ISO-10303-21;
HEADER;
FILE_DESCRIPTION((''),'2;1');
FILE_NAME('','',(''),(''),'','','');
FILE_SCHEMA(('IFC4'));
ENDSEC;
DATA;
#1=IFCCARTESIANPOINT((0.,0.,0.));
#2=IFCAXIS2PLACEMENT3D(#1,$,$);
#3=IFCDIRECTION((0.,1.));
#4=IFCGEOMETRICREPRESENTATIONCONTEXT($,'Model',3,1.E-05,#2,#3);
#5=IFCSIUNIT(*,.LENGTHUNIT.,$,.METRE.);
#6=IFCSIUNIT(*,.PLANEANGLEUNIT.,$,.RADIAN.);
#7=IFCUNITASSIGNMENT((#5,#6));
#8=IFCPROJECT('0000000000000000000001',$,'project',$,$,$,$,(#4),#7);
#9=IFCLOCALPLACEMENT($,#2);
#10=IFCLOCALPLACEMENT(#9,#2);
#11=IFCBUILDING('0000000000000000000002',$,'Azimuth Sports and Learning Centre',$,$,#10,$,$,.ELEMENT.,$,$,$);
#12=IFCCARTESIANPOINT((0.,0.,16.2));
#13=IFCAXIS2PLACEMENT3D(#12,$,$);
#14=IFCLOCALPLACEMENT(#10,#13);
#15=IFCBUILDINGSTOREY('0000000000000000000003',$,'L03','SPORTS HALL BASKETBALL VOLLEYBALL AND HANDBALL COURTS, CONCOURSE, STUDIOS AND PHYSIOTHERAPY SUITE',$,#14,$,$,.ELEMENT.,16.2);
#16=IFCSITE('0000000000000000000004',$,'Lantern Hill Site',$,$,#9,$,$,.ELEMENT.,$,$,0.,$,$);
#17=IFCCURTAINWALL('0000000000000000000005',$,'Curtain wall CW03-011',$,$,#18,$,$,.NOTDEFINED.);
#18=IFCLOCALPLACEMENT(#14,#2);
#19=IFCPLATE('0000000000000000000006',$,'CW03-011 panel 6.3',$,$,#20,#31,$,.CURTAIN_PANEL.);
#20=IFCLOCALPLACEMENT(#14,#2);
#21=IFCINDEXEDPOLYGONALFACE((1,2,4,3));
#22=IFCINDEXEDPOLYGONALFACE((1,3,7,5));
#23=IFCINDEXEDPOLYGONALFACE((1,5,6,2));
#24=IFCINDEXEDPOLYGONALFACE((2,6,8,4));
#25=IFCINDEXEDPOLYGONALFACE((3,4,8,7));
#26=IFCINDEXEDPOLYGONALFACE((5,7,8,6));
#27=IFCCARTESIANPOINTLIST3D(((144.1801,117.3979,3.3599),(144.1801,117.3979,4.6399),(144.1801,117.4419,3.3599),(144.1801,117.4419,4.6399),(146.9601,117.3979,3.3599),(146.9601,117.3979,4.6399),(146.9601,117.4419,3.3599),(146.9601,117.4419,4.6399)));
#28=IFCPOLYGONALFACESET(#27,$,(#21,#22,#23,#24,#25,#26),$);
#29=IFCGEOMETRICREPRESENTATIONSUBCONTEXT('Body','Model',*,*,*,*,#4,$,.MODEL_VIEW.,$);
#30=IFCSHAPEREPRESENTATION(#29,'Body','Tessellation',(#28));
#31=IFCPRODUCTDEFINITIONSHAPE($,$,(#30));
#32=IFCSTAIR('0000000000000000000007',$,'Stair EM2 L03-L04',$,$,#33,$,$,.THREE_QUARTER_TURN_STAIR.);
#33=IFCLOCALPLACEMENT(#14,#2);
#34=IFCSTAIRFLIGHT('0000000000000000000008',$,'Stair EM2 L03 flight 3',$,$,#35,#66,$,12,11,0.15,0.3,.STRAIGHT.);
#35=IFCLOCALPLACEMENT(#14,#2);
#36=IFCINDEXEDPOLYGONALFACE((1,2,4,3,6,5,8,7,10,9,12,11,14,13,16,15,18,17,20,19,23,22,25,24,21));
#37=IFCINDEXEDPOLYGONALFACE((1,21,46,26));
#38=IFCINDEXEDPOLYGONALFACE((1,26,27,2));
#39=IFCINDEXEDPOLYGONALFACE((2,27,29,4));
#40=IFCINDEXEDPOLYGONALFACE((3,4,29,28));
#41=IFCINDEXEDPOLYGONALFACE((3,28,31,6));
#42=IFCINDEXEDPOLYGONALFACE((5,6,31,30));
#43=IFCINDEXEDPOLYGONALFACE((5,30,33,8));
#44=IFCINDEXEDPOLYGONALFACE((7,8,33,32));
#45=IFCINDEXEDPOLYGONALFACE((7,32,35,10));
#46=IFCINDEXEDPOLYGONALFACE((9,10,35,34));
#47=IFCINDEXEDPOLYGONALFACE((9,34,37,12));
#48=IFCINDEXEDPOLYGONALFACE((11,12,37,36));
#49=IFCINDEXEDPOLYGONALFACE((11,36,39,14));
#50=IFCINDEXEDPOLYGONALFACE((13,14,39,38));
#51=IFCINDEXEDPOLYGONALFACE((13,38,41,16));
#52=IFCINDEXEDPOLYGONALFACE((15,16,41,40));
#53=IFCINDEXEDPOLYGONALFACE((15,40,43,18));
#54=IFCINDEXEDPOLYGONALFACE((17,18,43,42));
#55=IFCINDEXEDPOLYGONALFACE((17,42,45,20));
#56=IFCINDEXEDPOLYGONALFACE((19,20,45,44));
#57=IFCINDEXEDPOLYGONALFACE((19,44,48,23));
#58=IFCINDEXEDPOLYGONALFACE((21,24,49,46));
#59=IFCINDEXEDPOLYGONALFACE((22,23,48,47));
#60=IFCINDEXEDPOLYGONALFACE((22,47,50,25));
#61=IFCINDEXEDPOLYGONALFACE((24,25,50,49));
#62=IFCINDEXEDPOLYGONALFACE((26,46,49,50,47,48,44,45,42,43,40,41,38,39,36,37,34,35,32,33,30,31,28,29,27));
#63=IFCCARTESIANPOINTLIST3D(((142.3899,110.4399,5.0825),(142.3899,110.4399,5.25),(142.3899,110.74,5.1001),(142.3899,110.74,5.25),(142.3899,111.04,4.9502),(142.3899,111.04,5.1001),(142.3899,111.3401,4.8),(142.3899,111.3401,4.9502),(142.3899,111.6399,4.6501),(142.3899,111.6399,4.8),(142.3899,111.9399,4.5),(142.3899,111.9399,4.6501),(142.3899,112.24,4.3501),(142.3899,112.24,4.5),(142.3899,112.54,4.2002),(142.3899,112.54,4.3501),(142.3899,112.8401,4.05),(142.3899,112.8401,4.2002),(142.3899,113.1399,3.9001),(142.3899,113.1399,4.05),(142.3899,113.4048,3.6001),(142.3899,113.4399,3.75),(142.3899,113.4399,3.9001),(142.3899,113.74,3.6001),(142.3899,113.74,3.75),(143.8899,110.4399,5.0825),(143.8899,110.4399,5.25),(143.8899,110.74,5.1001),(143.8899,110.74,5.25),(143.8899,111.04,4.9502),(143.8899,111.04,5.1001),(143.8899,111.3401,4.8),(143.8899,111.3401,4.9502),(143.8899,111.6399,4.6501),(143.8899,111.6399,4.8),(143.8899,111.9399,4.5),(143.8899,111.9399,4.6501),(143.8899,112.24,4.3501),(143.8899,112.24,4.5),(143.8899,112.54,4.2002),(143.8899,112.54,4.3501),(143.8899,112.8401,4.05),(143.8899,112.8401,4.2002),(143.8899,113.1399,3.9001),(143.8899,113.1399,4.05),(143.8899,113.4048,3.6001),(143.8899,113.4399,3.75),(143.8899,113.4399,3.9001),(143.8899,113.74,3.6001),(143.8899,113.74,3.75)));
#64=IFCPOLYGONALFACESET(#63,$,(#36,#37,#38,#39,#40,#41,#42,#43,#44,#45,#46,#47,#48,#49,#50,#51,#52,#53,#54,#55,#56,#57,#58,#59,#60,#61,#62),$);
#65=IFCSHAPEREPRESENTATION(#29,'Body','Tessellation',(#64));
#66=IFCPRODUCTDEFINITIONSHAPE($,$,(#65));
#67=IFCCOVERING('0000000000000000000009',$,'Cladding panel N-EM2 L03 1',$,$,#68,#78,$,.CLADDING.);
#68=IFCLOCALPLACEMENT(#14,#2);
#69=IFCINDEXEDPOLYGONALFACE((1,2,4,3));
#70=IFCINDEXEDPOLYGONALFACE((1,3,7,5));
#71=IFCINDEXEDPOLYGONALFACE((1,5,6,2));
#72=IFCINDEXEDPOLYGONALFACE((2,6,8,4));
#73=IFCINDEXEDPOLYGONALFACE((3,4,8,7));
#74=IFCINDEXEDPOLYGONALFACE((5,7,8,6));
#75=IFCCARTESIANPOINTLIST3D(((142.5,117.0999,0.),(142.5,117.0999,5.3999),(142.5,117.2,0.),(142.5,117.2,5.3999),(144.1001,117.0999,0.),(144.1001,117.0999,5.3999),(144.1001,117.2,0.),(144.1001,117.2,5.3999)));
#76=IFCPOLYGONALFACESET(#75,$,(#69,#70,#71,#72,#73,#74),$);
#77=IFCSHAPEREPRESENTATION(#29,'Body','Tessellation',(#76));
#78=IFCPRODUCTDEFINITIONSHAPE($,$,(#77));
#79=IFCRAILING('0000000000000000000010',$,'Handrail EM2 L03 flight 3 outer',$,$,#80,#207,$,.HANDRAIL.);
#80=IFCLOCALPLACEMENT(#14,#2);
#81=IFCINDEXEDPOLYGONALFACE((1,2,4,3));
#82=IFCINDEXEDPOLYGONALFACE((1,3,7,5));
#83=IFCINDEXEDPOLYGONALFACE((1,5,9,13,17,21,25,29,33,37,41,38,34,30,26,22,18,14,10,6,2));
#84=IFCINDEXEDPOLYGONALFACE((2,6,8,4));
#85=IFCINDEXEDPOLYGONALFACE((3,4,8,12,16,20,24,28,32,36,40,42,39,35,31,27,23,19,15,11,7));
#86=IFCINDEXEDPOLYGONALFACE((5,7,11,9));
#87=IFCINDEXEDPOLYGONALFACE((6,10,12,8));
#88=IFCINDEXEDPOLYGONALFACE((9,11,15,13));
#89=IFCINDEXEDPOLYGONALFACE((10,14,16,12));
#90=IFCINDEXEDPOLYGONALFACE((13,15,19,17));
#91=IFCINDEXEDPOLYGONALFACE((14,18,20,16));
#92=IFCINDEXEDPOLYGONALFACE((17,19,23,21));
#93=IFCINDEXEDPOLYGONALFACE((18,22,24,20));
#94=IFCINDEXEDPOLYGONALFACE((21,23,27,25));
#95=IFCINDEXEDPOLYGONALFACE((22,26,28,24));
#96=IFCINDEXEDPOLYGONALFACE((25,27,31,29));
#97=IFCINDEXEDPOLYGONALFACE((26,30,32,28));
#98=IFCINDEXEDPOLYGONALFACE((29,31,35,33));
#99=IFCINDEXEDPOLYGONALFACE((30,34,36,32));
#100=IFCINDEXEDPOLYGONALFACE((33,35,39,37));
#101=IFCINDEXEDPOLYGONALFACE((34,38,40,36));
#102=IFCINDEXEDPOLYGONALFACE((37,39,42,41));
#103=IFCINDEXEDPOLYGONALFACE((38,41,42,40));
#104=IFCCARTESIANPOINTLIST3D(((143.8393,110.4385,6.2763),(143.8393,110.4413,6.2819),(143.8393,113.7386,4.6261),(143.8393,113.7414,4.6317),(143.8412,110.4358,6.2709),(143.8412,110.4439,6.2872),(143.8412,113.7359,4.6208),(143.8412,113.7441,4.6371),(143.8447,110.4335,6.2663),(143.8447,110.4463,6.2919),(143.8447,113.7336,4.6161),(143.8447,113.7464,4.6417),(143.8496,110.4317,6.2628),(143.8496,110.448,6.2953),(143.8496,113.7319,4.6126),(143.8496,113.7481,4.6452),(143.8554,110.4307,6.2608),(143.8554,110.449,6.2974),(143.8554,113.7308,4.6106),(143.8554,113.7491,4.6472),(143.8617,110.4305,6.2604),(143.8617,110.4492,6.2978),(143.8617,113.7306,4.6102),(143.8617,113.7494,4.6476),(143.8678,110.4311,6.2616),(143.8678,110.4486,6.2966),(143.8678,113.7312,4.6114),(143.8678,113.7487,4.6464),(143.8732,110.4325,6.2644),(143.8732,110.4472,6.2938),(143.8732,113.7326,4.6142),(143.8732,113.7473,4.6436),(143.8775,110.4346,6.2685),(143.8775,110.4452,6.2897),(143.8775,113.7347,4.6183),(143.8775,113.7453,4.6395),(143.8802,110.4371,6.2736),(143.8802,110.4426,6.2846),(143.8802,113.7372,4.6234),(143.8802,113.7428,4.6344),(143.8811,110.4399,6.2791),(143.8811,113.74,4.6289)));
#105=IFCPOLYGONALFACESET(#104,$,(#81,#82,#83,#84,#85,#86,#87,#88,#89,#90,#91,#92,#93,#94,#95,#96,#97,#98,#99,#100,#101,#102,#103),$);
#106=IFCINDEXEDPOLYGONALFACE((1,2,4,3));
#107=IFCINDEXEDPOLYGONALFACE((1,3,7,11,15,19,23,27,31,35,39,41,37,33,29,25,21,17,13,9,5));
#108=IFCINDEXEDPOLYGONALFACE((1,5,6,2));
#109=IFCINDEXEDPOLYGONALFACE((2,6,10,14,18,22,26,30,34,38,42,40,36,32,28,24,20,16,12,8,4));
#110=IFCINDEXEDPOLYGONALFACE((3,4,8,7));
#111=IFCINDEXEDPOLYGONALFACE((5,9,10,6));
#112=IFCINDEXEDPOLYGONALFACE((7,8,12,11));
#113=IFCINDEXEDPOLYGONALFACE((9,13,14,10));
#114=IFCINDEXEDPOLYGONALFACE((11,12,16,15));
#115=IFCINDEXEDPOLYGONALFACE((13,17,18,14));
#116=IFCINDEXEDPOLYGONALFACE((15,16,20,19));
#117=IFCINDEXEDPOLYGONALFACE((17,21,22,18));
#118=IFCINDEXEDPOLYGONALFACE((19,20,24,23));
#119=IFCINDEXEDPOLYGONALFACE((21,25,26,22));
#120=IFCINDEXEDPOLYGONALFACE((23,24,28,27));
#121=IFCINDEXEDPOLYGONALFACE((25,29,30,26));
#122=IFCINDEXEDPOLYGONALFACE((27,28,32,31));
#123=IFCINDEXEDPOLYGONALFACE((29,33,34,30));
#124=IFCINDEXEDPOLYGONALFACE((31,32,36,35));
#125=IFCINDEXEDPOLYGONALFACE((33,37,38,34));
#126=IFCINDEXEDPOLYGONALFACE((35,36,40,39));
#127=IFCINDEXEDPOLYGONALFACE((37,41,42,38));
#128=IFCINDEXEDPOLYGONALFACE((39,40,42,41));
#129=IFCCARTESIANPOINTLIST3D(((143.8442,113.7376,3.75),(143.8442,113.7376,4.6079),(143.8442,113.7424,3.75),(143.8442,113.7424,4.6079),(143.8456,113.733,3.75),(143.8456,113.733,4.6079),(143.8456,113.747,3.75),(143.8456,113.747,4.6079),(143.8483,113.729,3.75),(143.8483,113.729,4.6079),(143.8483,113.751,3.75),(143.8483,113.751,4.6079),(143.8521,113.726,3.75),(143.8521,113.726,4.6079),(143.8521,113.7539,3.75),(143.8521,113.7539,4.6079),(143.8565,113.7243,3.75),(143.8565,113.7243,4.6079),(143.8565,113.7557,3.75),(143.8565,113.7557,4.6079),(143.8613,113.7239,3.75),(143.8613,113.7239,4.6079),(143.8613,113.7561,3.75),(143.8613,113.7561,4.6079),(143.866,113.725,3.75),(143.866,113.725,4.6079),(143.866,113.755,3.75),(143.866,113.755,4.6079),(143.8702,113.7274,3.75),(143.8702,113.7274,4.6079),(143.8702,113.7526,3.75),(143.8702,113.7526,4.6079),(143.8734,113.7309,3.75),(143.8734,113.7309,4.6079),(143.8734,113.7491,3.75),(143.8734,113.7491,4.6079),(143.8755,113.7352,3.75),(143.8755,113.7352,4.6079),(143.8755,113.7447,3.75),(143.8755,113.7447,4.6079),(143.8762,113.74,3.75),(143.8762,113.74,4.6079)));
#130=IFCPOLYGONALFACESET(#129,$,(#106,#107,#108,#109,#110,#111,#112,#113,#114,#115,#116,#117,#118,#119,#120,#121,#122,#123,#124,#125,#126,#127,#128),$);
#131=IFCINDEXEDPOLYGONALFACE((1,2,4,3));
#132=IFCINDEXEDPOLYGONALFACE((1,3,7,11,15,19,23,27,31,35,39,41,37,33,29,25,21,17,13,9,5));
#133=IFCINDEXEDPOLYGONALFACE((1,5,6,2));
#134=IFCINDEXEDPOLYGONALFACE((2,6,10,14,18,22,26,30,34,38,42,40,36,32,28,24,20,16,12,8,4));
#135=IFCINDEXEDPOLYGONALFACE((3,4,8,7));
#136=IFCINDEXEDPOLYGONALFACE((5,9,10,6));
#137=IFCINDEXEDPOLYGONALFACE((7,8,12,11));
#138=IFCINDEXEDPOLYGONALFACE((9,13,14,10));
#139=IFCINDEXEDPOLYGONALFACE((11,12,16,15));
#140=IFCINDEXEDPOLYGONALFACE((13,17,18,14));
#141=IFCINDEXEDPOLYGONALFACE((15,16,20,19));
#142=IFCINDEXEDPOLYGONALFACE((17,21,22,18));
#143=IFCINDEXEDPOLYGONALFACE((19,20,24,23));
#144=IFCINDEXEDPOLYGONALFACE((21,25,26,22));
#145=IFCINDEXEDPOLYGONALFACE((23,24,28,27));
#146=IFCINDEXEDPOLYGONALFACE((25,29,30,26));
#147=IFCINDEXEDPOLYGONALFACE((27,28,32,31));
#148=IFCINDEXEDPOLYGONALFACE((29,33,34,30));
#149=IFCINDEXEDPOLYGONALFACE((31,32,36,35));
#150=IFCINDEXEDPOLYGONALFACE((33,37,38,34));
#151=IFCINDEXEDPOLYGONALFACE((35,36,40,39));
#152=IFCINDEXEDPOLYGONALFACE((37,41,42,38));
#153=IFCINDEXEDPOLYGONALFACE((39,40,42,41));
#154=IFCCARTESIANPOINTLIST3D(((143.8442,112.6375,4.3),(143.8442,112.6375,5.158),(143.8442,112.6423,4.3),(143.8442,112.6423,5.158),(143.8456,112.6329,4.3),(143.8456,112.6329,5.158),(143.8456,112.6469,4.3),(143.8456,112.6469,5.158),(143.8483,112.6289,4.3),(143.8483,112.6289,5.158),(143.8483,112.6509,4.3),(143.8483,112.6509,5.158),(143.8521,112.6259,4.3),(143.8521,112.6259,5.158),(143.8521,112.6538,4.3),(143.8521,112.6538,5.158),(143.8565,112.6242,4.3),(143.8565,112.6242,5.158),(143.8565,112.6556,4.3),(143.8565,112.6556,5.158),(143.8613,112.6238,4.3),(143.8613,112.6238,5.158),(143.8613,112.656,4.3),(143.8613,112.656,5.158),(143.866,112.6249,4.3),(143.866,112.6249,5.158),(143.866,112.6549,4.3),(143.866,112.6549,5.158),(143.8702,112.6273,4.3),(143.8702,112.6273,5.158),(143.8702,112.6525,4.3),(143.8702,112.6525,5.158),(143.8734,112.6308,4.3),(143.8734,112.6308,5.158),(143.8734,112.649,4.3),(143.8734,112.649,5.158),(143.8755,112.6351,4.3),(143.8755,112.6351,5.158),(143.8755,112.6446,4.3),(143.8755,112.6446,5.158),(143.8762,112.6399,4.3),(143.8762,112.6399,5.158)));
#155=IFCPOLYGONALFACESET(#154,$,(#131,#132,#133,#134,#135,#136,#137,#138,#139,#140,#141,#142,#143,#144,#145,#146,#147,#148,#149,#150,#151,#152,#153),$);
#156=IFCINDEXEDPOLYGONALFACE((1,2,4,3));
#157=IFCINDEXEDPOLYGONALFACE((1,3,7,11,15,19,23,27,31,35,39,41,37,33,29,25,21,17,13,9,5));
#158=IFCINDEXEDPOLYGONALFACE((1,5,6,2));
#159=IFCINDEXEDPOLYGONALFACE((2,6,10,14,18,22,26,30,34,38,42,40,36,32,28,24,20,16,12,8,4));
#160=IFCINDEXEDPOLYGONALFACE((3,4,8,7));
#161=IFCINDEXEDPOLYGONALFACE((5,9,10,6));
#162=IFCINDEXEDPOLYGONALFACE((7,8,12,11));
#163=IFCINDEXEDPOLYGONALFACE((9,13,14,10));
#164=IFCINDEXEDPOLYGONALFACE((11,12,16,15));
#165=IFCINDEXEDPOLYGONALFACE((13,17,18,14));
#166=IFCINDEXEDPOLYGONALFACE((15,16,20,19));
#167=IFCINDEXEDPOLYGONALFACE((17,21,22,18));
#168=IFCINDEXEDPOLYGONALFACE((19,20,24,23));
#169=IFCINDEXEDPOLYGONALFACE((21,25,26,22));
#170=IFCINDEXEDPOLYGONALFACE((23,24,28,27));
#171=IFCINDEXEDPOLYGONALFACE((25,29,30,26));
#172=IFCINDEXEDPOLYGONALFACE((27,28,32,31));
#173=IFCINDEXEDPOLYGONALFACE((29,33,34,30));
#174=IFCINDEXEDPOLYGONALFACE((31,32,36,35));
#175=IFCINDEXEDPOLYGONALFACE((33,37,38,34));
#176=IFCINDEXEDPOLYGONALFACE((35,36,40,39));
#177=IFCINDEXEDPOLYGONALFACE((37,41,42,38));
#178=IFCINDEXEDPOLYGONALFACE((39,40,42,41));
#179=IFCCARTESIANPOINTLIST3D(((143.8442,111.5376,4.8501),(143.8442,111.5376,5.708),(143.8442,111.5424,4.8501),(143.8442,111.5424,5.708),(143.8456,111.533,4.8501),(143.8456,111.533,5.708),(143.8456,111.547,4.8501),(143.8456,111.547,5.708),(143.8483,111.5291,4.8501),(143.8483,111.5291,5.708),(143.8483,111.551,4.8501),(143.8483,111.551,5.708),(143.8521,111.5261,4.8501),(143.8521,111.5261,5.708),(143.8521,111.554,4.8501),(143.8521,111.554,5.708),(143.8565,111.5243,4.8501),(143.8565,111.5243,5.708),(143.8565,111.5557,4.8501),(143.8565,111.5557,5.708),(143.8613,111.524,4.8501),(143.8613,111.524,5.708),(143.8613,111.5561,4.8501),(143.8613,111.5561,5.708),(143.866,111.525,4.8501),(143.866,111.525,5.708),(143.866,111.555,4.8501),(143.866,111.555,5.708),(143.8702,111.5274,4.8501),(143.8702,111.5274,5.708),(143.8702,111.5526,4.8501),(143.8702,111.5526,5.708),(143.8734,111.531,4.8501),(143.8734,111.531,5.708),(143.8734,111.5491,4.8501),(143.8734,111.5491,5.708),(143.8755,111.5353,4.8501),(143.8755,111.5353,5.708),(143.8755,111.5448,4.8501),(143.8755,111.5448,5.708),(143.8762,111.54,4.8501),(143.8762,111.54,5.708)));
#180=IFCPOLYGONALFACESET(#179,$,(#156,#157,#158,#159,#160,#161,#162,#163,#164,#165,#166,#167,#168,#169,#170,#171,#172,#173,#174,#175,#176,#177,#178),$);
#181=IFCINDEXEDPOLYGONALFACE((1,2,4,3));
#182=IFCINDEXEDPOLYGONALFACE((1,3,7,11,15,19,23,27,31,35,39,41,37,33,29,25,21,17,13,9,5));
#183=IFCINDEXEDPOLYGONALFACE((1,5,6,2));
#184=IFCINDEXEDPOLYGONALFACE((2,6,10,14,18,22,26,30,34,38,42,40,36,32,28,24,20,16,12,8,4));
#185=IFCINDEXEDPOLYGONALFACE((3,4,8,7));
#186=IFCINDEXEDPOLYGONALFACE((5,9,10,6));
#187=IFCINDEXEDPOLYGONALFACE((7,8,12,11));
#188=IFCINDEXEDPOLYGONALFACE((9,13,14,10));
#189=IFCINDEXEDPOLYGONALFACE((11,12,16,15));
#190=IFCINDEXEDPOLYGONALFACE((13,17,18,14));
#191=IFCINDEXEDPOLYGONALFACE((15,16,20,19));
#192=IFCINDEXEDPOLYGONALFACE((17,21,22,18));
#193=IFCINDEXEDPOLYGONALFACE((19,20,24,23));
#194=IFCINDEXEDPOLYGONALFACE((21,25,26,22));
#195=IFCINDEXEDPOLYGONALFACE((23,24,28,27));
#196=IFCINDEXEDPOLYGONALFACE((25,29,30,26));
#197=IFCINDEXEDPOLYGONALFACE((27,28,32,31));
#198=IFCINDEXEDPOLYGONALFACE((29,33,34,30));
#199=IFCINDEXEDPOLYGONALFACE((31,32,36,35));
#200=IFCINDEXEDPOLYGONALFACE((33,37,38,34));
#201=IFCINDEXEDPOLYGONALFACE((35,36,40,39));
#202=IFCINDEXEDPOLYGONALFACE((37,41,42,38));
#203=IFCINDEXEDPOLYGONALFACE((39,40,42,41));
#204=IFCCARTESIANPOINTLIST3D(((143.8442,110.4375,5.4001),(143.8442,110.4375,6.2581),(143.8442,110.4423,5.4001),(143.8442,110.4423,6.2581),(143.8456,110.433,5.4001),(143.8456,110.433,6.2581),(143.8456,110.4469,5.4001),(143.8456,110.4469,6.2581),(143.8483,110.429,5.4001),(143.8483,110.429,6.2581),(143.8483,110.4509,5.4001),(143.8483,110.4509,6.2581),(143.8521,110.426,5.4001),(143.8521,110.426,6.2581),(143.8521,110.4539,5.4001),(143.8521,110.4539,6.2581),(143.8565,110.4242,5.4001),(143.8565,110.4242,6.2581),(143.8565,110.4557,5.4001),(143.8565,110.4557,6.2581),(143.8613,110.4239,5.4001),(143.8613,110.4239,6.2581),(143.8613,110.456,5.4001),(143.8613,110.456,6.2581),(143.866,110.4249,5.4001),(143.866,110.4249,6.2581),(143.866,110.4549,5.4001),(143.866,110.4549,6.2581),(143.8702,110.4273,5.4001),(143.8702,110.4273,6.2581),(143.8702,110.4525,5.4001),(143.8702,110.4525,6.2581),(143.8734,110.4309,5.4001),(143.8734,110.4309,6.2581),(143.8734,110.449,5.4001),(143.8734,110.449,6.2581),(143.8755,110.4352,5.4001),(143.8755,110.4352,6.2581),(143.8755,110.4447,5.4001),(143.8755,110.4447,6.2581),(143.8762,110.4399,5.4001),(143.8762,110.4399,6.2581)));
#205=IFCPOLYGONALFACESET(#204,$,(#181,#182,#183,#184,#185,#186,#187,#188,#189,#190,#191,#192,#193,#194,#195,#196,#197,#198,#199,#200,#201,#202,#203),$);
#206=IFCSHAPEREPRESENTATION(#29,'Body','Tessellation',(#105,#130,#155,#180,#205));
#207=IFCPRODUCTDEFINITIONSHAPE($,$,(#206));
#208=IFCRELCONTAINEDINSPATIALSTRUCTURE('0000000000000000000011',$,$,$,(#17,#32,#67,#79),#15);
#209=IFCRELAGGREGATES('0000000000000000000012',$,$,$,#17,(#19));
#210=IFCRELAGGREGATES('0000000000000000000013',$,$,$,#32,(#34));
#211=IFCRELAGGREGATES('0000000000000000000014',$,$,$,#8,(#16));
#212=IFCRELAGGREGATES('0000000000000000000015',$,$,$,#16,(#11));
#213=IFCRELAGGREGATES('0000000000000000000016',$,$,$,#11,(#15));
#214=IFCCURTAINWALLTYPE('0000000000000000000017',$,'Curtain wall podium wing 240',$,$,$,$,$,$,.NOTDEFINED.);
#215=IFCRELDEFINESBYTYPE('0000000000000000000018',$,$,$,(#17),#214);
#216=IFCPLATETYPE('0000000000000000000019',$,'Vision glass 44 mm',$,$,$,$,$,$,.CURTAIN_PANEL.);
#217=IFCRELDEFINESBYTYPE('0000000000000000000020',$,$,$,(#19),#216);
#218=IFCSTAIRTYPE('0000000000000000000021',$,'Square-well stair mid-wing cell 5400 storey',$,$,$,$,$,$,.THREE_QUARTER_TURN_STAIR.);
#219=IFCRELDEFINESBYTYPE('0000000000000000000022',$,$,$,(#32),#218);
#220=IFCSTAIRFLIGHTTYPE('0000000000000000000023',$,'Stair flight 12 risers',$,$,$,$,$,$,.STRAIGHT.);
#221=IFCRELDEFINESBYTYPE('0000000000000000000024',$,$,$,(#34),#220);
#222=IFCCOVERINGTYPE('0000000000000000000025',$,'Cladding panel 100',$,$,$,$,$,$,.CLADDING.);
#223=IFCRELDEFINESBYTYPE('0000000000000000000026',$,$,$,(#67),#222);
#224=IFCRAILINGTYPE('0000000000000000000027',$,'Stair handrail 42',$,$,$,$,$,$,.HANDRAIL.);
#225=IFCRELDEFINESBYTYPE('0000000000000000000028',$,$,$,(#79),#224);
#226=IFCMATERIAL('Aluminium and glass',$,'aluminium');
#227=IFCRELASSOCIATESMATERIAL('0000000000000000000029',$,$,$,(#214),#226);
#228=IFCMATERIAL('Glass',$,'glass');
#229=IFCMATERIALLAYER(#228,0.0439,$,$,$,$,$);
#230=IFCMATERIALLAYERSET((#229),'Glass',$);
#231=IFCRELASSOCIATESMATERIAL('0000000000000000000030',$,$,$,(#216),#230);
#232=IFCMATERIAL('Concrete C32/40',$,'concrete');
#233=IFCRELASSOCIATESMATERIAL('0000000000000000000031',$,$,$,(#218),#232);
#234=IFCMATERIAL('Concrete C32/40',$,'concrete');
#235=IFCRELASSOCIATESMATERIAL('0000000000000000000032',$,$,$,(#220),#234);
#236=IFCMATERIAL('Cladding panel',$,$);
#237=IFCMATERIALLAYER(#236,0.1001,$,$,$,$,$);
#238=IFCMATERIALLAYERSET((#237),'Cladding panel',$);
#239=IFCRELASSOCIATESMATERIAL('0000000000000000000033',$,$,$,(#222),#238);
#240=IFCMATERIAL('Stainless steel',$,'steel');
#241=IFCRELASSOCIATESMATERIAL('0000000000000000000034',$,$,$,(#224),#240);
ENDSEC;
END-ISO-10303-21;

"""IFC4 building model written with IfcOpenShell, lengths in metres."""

from ifc_helpers import new_model, si_unit, direction, frame, origin, origin_2d, place, context, subcontext, project, spatial, polyline, rectangle, circle, outline, extrude, material, layer, layer_set, type_object, element, aggregate, save


model = new_model("IFC4")

# Units and contexts
model_context = context("Model", 3, precision=1e-05, world=origin(), true_north=direction((0.0, 1.0)))
body_context = subcontext(model_context, "Body", "Model", "MODEL_VIEW")
ifc_project = project(units=[si_unit("LENGTHUNIT", "METRE"), si_unit("PLANEANGLEUNIT", "RADIAN")], contexts=[model_context])

# Site, building, storey
site_placement = place(None, origin())
site = spatial("IfcSite", under=ifc_project, at=site_placement, Name="Lantern Hill Site", CompositionType="ELEMENT", RefElevation=0.0)
building_placement = place(site_placement, origin())
building = spatial("IfcBuilding", under=site, at=building_placement, Name="Azimuth Sports and Learning Centre", CompositionType="ELEMENT")
storey_placement = place(building_placement, frame((0.0, 0.0, 16.2)))
storey = spatial("IfcBuildingStorey", under=building, at=storey_placement, Name="L03", Description="SPORTS HALL BASKETBALL VOLLEYBALL AND HANDBALL COURTS, CONCOURSE, STUDIOS AND PHYSIOTHERAPY SUITE", CompositionType="ELEMENT", Elevation=16.2)

# Curtain wall, plate
ifc_material_1 = material(Name="Aluminium and glass", Category="aluminium")
curtain_wall_type = type_object("IfcCurtainWallType", Name="Curtain wall podium wing 240", PredefinedType="NOTDEFINED", material=ifc_material_1)
curtain_wall_placement = place(storey_placement, origin())
curtain_wall = element("IfcCurtainWall", 1, at=curtain_wall_placement, inside=storey, type_object=curtain_wall_type, Name="Curtain wall CW03-011", PredefinedType="NOTDEFINED")
ifc_material_2 = material(Name="Glass", Category="glass")
ifc_layer_1 = layer(ifc_material_2, 0.0439)
ifc_layer_set_1 = layer_set([ifc_layer_1], Name="Glass")
plate_type_1 = type_object("IfcPlateType", Name="Vision glass 44 mm", PredefinedType="CURTAIN_PANEL", material=ifc_layer_set_1)
plate_1_placement = place(storey_placement, frame((145.5701, 117.4199, 3.3599), z_axis=(0.0, 0.0, 1.0), x_axis=(-1.0, 0.0, 0.0)))
plate_1 = element("IfcPlate", 2, at=plate_1_placement, type_object=plate_type_1, Name="CW03-011 panel 6.3", PredefinedType="CURTAIN_PANEL", context=body_context, shape_type="SweptSolid", body=[
    extrude(rectangle(XDim=2.78, YDim=0.0439, at=origin_2d()), origin(), (0.0, 0.0, 1.0), 1.28),
])
aggregate(curtain_wall, [plate_1])

# Stair, stair flight
ifc_material_3 = material(Name="Concrete C32/40", Category="concrete")
stair_type = type_object("IfcStairType", Name="Square-well stair mid-wing cell 5400 storey", PredefinedType="THREE_QUARTER_TURN_STAIR", material=ifc_material_3)
stair_placement = place(storey_placement, origin())
stair = element("IfcStair", 3, at=stair_placement, inside=storey, type_object=stair_type, Name="Stair EM2 L03-L04", PredefinedType="THREE_QUARTER_TURN_STAIR")
ifc_material_4 = material(Name="Concrete C32/40", Category="concrete")
stair_flight_type = type_object("IfcStairFlightType", Name="Stair flight 12 risers", PredefinedType="STRAIGHT", material=ifc_material_4)
stair_flight_placement = place(storey_placement, frame((143.1399, 113.74, 3.6001), z_axis=(0.0, 0.0, 1.0), x_axis=(0.0, -1.0, 0.0)))
stair_flight = element("IfcStairFlight", 4, at=stair_flight_placement, type_object=stair_flight_type, Name="Stair EM2 L03 flight 3", NumberOfRisers=12, NumberOfTreads=11, PredefinedType="STRAIGHT", RiserHeight=0.15, TreadLength=0.3, context=body_context, shape_type="SweptSolid", body=[
    extrude(outline(polyline([(0.0, 0.0), (0.0, 0.1499), (0.3, 0.1499), (0.3, 0.3), (0.6001, 0.3), (0.6001, 0.45), (0.8999, 0.45), (0.8999, 0.6001), (1.2, 0.6001), (1.2, 0.75), (1.5, 0.75), (1.5, 0.8999), (1.8, 0.8999), (1.8, 1.05), (2.1001, 1.05), (2.1001, 1.2), (2.3999, 1.2), (2.3999, 1.3501), (2.7, 1.3501), (2.7, 1.5), (3.0, 1.5), (3.0, 1.6499), (3.3, 1.6499), (3.3, 1.8), (3.3, 1.4824), (0.3352, 0.0), (0.0, 0.0)])), frame((0.0, 0.75, 0.0), z_axis=(0.0, -1.0, 0.0), x_axis=(1.0, 0.0, 0.0)), (0.0, 0.0, 1.0), 1.5),
])
aggregate(stair, [stair_flight])

# Covering
ifc_material_5 = material(Name="Cladding panel")
ifc_layer_2 = layer(ifc_material_5, 0.1001)
ifc_layer_set_2 = layer_set([ifc_layer_2], Name="Cladding panel")
covering_type = type_object("IfcCoveringType", Name="Cladding panel 100", PredefinedType="CLADDING", material=ifc_layer_set_2)
covering_placement = place(storey_placement, frame((143.3, 117.1499, 0.0), z_axis=(0.0, 0.0, 1.0), x_axis=(-1.0, 0.0, 0.0)))
element("IfcCovering", 5, at=covering_placement, inside=storey, type_object=covering_type, Name="Cladding panel N-EM2 L03 1", PredefinedType="CLADDING", context=body_context, shape_type="SweptSolid", body=[
    extrude(rectangle(XDim=1.6001, YDim=0.1001, at=origin_2d()), origin(), (0.0, 0.0, 1.0), 5.3999),
])

# Railing
ifc_material_6 = material(Name="Stainless steel", Category="steel")
railing_type = type_object("IfcRailingType", Name="Stair handrail 42", PredefinedType="HANDRAIL", material=ifc_material_6)
railing_placement = place(storey_placement, frame((143.8601, 113.74, 3.75)))
element("IfcRailing", 6, at=railing_placement, inside=storey, type_object=railing_type, Name="Handrail EM2 L03 flight 3 outer", PredefinedType="HANDRAIL", context=body_context, shape_type="SweptSolid", body=[
    extrude(circle(Radius=0.021, at=origin_2d()), frame((0.0, 0.0, 0.8789), z_axis=(0.0, -0.894414, 0.44724), x_axis=(1.0, 0.0, 0.0)), (0.0, 0.0, 1.0), 3.6897),
    extrude(circle(Radius=0.0161, at=origin_2d()), origin(), (0.0, 0.0, 1.0), 0.8579),
    extrude(circle(Radius=0.0161, at=origin_2d()), frame((0.0, -1.1001, 0.55)), (0.0, 0.0, 1.0), 0.8579),
    extrude(circle(Radius=0.0161, at=origin_2d()), frame((0.0, -2.2, 1.1001)), (0.0, 0.0, 1.0), 0.8579),
    extrude(circle(Radius=0.0161, at=origin_2d()), frame((0.0, -3.3, 1.6501)), (0.0, 0.0, 1.0), 0.8579),
])

save(model, "model.ifc")
